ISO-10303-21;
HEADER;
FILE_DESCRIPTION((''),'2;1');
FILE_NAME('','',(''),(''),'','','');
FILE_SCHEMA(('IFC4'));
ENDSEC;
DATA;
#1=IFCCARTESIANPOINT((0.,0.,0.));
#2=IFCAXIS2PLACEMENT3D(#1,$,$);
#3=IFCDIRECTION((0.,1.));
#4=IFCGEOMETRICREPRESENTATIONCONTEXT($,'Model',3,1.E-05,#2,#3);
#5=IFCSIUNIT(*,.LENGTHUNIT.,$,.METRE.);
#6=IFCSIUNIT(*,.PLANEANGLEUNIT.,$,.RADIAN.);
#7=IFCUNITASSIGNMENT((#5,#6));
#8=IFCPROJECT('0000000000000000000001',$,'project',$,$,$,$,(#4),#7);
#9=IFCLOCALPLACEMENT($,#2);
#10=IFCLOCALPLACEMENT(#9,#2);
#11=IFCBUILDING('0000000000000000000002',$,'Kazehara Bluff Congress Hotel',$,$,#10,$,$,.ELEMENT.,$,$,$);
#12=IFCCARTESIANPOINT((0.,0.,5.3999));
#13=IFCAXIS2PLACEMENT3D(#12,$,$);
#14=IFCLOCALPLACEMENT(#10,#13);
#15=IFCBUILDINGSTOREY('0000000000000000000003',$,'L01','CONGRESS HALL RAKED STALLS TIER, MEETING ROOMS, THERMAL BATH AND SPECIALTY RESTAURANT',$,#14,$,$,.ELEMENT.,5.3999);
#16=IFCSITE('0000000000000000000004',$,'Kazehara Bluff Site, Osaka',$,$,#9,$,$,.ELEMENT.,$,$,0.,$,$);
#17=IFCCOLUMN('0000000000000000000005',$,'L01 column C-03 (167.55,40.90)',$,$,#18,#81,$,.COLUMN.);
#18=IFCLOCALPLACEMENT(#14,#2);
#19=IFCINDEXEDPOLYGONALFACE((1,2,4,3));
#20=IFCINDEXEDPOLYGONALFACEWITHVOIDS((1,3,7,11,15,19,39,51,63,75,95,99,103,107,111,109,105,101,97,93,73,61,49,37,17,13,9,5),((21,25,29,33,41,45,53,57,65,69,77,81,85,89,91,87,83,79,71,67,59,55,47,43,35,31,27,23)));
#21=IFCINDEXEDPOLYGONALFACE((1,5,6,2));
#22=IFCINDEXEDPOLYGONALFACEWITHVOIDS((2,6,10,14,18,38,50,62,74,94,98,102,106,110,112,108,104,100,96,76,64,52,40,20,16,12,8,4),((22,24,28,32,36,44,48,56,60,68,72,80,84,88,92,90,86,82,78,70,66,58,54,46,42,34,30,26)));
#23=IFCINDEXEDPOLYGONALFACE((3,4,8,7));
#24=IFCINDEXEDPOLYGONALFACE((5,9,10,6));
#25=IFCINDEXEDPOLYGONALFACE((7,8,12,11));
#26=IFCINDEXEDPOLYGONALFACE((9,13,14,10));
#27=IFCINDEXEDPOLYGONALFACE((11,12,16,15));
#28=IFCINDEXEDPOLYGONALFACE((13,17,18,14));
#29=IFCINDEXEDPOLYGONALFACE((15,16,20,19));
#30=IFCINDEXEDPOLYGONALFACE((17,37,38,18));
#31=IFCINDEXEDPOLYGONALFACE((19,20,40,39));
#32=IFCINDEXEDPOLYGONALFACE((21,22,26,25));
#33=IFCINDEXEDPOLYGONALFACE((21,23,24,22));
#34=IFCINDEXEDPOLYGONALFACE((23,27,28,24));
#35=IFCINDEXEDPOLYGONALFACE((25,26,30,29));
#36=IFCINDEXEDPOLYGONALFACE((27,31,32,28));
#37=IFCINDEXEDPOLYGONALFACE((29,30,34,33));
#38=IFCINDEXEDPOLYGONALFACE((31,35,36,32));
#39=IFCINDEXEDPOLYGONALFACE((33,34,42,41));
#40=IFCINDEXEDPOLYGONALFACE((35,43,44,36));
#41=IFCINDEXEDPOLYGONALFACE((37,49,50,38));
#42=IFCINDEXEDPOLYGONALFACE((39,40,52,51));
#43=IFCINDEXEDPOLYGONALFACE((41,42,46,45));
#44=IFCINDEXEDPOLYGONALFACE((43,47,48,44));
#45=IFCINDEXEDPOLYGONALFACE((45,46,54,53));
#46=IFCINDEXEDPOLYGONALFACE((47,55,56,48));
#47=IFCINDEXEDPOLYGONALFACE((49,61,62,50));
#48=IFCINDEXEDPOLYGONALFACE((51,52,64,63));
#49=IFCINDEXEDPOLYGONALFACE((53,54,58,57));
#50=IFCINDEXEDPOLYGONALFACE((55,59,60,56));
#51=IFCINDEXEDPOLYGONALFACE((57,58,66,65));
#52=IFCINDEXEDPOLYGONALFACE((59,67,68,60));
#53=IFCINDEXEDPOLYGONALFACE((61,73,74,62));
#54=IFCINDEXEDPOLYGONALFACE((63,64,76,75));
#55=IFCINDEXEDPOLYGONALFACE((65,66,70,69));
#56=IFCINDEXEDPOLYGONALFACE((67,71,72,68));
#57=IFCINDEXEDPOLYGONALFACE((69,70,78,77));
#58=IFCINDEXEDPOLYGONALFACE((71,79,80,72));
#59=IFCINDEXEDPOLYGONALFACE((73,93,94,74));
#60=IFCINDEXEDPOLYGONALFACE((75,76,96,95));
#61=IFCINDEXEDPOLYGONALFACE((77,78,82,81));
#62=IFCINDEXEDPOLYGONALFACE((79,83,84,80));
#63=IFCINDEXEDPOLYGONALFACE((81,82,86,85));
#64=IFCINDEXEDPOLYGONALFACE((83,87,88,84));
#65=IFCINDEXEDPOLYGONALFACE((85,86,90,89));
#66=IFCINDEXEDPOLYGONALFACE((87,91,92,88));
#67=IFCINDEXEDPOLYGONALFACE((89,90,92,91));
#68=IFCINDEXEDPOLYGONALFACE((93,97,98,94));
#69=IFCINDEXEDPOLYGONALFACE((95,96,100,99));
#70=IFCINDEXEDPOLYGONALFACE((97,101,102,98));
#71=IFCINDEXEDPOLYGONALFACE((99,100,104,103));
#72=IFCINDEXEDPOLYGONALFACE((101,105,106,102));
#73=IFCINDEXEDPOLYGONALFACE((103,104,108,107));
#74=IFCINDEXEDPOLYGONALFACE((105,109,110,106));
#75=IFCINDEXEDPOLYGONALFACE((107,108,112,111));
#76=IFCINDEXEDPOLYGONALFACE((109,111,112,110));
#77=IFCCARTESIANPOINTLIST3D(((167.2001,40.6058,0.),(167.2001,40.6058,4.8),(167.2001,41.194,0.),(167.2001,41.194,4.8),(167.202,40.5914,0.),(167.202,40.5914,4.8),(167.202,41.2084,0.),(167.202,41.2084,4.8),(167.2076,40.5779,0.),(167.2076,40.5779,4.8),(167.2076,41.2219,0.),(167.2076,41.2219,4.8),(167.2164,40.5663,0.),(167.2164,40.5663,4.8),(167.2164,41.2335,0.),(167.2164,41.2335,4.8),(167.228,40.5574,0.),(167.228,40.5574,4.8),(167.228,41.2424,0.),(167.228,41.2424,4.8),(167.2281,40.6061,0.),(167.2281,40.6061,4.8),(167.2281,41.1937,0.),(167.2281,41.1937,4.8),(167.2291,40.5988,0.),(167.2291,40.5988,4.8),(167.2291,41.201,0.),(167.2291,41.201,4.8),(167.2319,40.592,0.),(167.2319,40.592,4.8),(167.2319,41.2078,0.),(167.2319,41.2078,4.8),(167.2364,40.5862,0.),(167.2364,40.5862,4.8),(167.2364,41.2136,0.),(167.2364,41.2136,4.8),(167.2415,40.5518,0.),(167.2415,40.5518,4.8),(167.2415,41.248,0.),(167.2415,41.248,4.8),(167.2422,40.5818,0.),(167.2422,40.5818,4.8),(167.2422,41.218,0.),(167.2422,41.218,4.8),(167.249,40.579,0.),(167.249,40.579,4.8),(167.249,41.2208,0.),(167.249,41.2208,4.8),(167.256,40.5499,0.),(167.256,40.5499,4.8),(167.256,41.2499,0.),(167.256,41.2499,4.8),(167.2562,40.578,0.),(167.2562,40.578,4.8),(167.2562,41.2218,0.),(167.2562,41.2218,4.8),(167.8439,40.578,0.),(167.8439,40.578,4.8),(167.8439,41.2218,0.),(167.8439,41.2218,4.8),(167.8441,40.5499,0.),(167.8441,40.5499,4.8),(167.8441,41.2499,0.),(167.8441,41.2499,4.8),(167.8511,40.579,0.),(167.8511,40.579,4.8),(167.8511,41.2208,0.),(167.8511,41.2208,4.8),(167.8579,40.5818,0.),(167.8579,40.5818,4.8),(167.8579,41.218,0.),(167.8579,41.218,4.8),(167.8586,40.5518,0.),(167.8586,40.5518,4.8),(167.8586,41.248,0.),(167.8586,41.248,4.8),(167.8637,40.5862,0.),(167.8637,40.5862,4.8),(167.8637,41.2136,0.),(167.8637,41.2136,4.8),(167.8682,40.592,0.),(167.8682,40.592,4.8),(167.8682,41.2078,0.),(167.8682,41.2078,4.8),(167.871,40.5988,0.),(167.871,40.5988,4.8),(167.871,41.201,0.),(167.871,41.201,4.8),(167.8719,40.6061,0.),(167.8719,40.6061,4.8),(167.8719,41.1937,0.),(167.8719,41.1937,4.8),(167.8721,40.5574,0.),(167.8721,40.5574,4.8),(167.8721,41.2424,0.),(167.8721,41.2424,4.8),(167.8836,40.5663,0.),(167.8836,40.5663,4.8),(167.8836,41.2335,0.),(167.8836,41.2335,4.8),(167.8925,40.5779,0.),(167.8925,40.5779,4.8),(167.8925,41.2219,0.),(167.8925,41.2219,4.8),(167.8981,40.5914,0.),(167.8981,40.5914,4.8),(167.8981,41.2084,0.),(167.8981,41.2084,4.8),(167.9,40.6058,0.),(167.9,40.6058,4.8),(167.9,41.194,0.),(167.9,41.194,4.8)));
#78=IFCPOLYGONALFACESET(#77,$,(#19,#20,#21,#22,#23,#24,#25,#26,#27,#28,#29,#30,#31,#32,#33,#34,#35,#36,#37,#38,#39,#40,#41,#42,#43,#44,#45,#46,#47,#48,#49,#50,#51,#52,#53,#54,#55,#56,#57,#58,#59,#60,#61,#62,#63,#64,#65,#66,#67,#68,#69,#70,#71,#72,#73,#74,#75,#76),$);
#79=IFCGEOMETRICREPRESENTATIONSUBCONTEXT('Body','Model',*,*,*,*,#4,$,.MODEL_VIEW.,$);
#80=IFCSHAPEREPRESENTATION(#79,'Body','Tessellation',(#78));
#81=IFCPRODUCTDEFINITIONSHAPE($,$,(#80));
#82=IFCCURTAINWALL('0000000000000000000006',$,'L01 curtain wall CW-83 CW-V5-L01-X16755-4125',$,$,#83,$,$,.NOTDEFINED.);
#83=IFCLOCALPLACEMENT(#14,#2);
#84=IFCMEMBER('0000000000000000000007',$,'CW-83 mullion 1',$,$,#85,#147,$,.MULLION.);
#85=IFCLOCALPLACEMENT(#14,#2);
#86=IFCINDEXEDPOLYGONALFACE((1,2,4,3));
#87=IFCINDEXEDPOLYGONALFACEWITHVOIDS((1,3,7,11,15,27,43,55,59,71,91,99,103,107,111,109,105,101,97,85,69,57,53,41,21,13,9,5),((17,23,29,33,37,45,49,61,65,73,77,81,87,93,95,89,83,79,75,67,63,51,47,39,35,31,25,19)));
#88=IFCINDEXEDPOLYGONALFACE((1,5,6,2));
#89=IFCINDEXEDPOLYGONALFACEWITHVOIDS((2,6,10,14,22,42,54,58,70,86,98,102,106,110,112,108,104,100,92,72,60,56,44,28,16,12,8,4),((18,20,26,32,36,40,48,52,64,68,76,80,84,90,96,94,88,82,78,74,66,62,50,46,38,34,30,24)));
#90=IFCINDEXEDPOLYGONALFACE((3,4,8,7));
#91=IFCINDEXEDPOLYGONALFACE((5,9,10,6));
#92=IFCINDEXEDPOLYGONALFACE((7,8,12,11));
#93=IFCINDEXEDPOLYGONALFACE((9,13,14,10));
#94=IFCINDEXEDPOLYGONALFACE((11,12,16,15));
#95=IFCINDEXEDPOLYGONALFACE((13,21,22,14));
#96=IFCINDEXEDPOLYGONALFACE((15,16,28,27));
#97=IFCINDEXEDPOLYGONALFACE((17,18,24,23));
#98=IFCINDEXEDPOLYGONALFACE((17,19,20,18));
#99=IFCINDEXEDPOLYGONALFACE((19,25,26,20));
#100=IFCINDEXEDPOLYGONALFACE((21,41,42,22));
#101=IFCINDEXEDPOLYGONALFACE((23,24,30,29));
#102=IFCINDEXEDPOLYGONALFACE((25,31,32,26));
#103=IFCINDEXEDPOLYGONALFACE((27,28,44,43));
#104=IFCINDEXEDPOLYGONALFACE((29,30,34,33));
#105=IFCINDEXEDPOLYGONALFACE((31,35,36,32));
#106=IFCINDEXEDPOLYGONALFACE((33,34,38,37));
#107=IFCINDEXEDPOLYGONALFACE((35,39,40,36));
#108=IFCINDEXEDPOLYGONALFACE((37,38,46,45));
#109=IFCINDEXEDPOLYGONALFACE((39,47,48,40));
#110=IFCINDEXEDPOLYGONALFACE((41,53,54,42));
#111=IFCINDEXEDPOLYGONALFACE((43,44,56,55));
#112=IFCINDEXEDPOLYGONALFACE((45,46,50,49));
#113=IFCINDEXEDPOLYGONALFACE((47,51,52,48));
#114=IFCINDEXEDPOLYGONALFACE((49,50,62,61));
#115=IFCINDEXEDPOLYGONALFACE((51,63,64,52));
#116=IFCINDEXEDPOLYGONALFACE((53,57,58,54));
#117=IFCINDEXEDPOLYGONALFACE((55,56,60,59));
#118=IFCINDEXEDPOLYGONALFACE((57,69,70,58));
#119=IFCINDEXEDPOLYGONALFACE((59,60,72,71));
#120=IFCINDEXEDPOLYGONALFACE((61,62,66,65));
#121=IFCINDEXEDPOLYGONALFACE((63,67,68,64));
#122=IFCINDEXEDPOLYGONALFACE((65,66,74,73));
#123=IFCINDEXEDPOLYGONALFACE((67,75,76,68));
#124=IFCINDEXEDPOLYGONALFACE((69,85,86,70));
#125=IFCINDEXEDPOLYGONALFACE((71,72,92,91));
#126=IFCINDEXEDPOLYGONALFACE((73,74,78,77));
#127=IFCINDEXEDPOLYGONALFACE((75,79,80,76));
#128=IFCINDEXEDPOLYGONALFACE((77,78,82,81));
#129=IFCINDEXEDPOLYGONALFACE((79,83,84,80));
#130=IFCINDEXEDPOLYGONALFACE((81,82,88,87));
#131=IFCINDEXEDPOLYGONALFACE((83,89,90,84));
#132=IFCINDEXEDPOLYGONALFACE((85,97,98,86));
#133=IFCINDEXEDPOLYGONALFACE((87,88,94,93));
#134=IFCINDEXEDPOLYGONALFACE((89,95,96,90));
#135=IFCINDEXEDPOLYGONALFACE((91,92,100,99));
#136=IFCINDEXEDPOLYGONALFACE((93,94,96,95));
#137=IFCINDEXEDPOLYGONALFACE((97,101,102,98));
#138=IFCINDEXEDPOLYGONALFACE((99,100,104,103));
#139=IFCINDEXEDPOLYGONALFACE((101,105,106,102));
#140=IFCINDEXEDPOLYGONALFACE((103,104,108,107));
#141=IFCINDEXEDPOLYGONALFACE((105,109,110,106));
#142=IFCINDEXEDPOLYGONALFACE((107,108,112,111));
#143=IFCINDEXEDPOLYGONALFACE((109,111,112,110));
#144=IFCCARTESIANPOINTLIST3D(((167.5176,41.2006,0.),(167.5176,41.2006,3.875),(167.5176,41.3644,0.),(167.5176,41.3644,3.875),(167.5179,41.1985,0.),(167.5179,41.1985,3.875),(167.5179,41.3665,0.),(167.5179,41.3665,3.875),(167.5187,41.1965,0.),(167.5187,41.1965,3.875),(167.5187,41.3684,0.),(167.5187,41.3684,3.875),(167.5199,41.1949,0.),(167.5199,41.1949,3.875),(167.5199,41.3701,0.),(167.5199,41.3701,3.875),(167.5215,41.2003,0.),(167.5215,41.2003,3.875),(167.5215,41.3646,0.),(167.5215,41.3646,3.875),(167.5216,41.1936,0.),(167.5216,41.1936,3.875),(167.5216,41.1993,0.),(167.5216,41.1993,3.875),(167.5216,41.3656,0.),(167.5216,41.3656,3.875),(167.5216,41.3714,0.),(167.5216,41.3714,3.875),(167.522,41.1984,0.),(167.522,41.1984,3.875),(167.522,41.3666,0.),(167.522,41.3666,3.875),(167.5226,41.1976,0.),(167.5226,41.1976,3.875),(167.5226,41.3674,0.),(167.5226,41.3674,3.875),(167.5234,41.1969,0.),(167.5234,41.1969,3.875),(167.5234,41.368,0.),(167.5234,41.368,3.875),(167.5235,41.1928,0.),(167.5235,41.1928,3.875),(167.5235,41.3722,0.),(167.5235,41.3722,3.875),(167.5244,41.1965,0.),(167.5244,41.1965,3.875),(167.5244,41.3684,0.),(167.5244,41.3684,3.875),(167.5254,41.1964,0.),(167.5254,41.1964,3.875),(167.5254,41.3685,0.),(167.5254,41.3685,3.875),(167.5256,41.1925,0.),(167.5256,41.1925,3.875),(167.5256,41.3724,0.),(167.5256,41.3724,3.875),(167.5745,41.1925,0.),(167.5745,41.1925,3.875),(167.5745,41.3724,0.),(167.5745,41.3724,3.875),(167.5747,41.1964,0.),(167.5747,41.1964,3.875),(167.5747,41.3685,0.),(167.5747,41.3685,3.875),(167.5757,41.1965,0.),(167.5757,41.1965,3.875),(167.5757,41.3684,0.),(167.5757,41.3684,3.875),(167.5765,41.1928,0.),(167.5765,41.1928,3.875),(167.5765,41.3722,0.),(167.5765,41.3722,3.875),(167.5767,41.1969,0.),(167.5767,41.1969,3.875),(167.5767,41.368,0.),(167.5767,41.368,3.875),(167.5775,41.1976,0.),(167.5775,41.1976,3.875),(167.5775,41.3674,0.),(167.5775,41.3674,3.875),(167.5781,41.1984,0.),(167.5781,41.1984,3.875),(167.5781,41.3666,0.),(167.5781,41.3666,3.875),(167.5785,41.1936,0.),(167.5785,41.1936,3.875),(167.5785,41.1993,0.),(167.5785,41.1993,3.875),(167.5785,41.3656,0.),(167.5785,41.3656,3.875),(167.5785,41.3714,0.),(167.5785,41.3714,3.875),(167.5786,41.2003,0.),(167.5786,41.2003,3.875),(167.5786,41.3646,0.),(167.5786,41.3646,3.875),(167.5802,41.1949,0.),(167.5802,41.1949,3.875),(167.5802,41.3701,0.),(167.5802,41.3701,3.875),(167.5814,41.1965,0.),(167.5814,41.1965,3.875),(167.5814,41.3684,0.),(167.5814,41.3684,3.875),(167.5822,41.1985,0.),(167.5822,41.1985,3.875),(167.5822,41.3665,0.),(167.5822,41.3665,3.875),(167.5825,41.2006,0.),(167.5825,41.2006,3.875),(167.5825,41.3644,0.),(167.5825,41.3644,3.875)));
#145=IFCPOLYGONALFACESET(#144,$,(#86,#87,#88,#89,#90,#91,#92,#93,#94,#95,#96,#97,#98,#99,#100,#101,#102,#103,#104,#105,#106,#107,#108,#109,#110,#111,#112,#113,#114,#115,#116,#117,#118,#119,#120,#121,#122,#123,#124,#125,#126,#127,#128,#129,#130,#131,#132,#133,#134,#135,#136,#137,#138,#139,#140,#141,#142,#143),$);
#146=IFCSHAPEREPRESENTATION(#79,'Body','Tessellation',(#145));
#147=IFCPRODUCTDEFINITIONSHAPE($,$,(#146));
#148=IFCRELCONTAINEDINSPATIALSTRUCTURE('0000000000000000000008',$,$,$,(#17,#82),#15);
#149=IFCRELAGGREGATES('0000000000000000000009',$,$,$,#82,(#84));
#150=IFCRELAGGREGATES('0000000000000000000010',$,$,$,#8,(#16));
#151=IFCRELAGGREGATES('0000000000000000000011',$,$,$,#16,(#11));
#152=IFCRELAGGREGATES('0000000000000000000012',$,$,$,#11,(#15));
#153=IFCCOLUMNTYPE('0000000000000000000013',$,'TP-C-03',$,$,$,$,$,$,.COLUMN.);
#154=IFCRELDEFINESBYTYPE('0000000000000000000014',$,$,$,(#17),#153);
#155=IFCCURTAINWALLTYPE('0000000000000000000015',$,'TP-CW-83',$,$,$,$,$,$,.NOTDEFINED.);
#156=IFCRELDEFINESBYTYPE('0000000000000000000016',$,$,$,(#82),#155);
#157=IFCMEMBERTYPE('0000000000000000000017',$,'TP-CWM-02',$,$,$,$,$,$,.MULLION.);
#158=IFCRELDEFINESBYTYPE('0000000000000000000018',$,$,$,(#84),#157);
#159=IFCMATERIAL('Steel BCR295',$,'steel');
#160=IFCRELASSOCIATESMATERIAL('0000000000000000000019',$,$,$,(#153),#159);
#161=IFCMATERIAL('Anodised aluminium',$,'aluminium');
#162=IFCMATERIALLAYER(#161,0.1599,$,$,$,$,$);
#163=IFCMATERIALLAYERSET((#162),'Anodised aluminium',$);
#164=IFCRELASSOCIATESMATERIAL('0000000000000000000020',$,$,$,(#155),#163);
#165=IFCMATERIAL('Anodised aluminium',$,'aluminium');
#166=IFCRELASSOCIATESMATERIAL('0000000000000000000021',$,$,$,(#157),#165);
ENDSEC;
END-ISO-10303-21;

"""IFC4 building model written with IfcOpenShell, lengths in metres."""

from ifc_helpers import new_model, si_unit, direction, frame, origin, origin_2d, place, context, subcontext, project, spatial, hollow_rectangle, extrude, material, layer, layer_set, material_profile, profile_set, type_object, element, aggregate, save


model = new_model("IFC4")

# Units and contexts
model_context = context("Model", 3, precision=1e-05, world=origin(), true_north=direction((0.0, 1.0)))
body_context = subcontext(model_context, "Body", "Model", "MODEL_VIEW")
ifc_project = project(units=[si_unit("LENGTHUNIT", "METRE"), si_unit("PLANEANGLEUNIT", "RADIAN")], contexts=[model_context])

# Site, building, storey
site_placement = place(None, origin())
site = spatial("IfcSite", under=ifc_project, at=site_placement, Name="Kazehara Bluff Site, Osaka", CompositionType="ELEMENT", RefElevation=0.0)
building_placement = place(site_placement, origin())
building = spatial("IfcBuilding", under=site, at=building_placement, Name="Kazehara Bluff Congress Hotel", CompositionType="ELEMENT")
storey_placement = place(building_placement, frame((0.0, 0.0, 5.3999)))
storey = spatial("IfcBuildingStorey", under=building, at=storey_placement, Name="L01", Description="CONGRESS HALL RAKED STALLS TIER, MEETING ROOMS, THERMAL BATH AND SPECIALTY RESTAURANT", CompositionType="ELEMENT", Elevation=5.3999)

# Column
ifc_material_1 = material(Name="Steel BCR295", Category="steel")
ifc_material_profile_1 = material_profile(ifc_material_1, hollow_rectangle(XDim=0.7, YDim=0.7, WallThickness=0.0281, InnerFilletRadius=0.0281, OuterFilletRadius=0.0559, at=origin_2d()))
ifc_profile_set_1 = profile_set([ifc_material_profile_1], Name="Steel BCR295")
column_type = type_object("IfcColumnType", Name="TP-C-03", PredefinedType="COLUMN", material=ifc_profile_set_1)
column_placement = place(storey_placement, frame((167.55, 40.8999, 0.0), z_axis=(0.0, 0.0, 1.0), x_axis=(1.0, 0.0, 0.0)))
element("IfcColumn", 1, at=column_placement, inside=storey, type_object=column_type, Name="L01 column C-03 (167.55,40.90)", PredefinedType="COLUMN", context=body_context, shape_type="SweptSolid", body=[
    extrude(hollow_rectangle(XDim=0.7, YDim=0.7, WallThickness=0.0281, InnerFilletRadius=0.0281, OuterFilletRadius=0.0559, at=origin_2d()), origin(), (0.0, 0.0, 1.0), 4.8),
])

# Curtain wall, member
ifc_material_2 = material(Name="Anodised aluminium", Category="aluminium")
ifc_layer_1 = layer(ifc_material_2, 0.1599)
ifc_layer_set_1 = layer_set([ifc_layer_1], Name="Anodised aluminium")
curtain_wall_type_1 = type_object("IfcCurtainWallType", Name="TP-CW-83", PredefinedType="NOTDEFINED", material=ifc_layer_set_1)
curtain_wall_1_placement = place(storey_placement, origin())
curtain_wall_1 = element("IfcCurtainWall", 2, at=curtain_wall_1_placement, inside=storey, type_object=curtain_wall_type_1, Name="L01 curtain wall CW-83 CW-V5-L01-X16755-4125", PredefinedType="NOTDEFINED")
ifc_material_3 = material(Name="Anodised aluminium", Category="aluminium")
ifc_material_profile_2 = material_profile(ifc_material_3, hollow_rectangle(XDim=0.0649, YDim=0.1799, WallThickness=0.0039, InnerFilletRadius=0.0039, OuterFilletRadius=0.0081, at=origin_2d()))
ifc_profile_set_2 = profile_set([ifc_material_profile_2], Name="Anodised aluminium")
member_type_1 = type_object("IfcMemberType", Name="TP-CWM-02", PredefinedType="MULLION", material=ifc_profile_set_2)
member_1_placement = place(storey_placement, frame((167.55, 41.2825, 0.0), z_axis=(0.0, 0.0, 1.0), x_axis=(-1.0, 0.0, 0.0)))
member_1 = element("IfcMember", 3, at=member_1_placement, type_object=member_type_1, Name="CW-83 mullion 1", PredefinedType="MULLION", context=body_context, shape_type="SweptSolid", body=[
    extrude(hollow_rectangle(XDim=0.0649, YDim=0.1799, WallThickness=0.0039, InnerFilletRadius=0.0039, OuterFilletRadius=0.0081, at=origin_2d()), origin(), (0.0, 0.0, 1.0), 3.875),
])

aggregate(curtain_wall_1, [member_1])

save(model, "model.ifc")
